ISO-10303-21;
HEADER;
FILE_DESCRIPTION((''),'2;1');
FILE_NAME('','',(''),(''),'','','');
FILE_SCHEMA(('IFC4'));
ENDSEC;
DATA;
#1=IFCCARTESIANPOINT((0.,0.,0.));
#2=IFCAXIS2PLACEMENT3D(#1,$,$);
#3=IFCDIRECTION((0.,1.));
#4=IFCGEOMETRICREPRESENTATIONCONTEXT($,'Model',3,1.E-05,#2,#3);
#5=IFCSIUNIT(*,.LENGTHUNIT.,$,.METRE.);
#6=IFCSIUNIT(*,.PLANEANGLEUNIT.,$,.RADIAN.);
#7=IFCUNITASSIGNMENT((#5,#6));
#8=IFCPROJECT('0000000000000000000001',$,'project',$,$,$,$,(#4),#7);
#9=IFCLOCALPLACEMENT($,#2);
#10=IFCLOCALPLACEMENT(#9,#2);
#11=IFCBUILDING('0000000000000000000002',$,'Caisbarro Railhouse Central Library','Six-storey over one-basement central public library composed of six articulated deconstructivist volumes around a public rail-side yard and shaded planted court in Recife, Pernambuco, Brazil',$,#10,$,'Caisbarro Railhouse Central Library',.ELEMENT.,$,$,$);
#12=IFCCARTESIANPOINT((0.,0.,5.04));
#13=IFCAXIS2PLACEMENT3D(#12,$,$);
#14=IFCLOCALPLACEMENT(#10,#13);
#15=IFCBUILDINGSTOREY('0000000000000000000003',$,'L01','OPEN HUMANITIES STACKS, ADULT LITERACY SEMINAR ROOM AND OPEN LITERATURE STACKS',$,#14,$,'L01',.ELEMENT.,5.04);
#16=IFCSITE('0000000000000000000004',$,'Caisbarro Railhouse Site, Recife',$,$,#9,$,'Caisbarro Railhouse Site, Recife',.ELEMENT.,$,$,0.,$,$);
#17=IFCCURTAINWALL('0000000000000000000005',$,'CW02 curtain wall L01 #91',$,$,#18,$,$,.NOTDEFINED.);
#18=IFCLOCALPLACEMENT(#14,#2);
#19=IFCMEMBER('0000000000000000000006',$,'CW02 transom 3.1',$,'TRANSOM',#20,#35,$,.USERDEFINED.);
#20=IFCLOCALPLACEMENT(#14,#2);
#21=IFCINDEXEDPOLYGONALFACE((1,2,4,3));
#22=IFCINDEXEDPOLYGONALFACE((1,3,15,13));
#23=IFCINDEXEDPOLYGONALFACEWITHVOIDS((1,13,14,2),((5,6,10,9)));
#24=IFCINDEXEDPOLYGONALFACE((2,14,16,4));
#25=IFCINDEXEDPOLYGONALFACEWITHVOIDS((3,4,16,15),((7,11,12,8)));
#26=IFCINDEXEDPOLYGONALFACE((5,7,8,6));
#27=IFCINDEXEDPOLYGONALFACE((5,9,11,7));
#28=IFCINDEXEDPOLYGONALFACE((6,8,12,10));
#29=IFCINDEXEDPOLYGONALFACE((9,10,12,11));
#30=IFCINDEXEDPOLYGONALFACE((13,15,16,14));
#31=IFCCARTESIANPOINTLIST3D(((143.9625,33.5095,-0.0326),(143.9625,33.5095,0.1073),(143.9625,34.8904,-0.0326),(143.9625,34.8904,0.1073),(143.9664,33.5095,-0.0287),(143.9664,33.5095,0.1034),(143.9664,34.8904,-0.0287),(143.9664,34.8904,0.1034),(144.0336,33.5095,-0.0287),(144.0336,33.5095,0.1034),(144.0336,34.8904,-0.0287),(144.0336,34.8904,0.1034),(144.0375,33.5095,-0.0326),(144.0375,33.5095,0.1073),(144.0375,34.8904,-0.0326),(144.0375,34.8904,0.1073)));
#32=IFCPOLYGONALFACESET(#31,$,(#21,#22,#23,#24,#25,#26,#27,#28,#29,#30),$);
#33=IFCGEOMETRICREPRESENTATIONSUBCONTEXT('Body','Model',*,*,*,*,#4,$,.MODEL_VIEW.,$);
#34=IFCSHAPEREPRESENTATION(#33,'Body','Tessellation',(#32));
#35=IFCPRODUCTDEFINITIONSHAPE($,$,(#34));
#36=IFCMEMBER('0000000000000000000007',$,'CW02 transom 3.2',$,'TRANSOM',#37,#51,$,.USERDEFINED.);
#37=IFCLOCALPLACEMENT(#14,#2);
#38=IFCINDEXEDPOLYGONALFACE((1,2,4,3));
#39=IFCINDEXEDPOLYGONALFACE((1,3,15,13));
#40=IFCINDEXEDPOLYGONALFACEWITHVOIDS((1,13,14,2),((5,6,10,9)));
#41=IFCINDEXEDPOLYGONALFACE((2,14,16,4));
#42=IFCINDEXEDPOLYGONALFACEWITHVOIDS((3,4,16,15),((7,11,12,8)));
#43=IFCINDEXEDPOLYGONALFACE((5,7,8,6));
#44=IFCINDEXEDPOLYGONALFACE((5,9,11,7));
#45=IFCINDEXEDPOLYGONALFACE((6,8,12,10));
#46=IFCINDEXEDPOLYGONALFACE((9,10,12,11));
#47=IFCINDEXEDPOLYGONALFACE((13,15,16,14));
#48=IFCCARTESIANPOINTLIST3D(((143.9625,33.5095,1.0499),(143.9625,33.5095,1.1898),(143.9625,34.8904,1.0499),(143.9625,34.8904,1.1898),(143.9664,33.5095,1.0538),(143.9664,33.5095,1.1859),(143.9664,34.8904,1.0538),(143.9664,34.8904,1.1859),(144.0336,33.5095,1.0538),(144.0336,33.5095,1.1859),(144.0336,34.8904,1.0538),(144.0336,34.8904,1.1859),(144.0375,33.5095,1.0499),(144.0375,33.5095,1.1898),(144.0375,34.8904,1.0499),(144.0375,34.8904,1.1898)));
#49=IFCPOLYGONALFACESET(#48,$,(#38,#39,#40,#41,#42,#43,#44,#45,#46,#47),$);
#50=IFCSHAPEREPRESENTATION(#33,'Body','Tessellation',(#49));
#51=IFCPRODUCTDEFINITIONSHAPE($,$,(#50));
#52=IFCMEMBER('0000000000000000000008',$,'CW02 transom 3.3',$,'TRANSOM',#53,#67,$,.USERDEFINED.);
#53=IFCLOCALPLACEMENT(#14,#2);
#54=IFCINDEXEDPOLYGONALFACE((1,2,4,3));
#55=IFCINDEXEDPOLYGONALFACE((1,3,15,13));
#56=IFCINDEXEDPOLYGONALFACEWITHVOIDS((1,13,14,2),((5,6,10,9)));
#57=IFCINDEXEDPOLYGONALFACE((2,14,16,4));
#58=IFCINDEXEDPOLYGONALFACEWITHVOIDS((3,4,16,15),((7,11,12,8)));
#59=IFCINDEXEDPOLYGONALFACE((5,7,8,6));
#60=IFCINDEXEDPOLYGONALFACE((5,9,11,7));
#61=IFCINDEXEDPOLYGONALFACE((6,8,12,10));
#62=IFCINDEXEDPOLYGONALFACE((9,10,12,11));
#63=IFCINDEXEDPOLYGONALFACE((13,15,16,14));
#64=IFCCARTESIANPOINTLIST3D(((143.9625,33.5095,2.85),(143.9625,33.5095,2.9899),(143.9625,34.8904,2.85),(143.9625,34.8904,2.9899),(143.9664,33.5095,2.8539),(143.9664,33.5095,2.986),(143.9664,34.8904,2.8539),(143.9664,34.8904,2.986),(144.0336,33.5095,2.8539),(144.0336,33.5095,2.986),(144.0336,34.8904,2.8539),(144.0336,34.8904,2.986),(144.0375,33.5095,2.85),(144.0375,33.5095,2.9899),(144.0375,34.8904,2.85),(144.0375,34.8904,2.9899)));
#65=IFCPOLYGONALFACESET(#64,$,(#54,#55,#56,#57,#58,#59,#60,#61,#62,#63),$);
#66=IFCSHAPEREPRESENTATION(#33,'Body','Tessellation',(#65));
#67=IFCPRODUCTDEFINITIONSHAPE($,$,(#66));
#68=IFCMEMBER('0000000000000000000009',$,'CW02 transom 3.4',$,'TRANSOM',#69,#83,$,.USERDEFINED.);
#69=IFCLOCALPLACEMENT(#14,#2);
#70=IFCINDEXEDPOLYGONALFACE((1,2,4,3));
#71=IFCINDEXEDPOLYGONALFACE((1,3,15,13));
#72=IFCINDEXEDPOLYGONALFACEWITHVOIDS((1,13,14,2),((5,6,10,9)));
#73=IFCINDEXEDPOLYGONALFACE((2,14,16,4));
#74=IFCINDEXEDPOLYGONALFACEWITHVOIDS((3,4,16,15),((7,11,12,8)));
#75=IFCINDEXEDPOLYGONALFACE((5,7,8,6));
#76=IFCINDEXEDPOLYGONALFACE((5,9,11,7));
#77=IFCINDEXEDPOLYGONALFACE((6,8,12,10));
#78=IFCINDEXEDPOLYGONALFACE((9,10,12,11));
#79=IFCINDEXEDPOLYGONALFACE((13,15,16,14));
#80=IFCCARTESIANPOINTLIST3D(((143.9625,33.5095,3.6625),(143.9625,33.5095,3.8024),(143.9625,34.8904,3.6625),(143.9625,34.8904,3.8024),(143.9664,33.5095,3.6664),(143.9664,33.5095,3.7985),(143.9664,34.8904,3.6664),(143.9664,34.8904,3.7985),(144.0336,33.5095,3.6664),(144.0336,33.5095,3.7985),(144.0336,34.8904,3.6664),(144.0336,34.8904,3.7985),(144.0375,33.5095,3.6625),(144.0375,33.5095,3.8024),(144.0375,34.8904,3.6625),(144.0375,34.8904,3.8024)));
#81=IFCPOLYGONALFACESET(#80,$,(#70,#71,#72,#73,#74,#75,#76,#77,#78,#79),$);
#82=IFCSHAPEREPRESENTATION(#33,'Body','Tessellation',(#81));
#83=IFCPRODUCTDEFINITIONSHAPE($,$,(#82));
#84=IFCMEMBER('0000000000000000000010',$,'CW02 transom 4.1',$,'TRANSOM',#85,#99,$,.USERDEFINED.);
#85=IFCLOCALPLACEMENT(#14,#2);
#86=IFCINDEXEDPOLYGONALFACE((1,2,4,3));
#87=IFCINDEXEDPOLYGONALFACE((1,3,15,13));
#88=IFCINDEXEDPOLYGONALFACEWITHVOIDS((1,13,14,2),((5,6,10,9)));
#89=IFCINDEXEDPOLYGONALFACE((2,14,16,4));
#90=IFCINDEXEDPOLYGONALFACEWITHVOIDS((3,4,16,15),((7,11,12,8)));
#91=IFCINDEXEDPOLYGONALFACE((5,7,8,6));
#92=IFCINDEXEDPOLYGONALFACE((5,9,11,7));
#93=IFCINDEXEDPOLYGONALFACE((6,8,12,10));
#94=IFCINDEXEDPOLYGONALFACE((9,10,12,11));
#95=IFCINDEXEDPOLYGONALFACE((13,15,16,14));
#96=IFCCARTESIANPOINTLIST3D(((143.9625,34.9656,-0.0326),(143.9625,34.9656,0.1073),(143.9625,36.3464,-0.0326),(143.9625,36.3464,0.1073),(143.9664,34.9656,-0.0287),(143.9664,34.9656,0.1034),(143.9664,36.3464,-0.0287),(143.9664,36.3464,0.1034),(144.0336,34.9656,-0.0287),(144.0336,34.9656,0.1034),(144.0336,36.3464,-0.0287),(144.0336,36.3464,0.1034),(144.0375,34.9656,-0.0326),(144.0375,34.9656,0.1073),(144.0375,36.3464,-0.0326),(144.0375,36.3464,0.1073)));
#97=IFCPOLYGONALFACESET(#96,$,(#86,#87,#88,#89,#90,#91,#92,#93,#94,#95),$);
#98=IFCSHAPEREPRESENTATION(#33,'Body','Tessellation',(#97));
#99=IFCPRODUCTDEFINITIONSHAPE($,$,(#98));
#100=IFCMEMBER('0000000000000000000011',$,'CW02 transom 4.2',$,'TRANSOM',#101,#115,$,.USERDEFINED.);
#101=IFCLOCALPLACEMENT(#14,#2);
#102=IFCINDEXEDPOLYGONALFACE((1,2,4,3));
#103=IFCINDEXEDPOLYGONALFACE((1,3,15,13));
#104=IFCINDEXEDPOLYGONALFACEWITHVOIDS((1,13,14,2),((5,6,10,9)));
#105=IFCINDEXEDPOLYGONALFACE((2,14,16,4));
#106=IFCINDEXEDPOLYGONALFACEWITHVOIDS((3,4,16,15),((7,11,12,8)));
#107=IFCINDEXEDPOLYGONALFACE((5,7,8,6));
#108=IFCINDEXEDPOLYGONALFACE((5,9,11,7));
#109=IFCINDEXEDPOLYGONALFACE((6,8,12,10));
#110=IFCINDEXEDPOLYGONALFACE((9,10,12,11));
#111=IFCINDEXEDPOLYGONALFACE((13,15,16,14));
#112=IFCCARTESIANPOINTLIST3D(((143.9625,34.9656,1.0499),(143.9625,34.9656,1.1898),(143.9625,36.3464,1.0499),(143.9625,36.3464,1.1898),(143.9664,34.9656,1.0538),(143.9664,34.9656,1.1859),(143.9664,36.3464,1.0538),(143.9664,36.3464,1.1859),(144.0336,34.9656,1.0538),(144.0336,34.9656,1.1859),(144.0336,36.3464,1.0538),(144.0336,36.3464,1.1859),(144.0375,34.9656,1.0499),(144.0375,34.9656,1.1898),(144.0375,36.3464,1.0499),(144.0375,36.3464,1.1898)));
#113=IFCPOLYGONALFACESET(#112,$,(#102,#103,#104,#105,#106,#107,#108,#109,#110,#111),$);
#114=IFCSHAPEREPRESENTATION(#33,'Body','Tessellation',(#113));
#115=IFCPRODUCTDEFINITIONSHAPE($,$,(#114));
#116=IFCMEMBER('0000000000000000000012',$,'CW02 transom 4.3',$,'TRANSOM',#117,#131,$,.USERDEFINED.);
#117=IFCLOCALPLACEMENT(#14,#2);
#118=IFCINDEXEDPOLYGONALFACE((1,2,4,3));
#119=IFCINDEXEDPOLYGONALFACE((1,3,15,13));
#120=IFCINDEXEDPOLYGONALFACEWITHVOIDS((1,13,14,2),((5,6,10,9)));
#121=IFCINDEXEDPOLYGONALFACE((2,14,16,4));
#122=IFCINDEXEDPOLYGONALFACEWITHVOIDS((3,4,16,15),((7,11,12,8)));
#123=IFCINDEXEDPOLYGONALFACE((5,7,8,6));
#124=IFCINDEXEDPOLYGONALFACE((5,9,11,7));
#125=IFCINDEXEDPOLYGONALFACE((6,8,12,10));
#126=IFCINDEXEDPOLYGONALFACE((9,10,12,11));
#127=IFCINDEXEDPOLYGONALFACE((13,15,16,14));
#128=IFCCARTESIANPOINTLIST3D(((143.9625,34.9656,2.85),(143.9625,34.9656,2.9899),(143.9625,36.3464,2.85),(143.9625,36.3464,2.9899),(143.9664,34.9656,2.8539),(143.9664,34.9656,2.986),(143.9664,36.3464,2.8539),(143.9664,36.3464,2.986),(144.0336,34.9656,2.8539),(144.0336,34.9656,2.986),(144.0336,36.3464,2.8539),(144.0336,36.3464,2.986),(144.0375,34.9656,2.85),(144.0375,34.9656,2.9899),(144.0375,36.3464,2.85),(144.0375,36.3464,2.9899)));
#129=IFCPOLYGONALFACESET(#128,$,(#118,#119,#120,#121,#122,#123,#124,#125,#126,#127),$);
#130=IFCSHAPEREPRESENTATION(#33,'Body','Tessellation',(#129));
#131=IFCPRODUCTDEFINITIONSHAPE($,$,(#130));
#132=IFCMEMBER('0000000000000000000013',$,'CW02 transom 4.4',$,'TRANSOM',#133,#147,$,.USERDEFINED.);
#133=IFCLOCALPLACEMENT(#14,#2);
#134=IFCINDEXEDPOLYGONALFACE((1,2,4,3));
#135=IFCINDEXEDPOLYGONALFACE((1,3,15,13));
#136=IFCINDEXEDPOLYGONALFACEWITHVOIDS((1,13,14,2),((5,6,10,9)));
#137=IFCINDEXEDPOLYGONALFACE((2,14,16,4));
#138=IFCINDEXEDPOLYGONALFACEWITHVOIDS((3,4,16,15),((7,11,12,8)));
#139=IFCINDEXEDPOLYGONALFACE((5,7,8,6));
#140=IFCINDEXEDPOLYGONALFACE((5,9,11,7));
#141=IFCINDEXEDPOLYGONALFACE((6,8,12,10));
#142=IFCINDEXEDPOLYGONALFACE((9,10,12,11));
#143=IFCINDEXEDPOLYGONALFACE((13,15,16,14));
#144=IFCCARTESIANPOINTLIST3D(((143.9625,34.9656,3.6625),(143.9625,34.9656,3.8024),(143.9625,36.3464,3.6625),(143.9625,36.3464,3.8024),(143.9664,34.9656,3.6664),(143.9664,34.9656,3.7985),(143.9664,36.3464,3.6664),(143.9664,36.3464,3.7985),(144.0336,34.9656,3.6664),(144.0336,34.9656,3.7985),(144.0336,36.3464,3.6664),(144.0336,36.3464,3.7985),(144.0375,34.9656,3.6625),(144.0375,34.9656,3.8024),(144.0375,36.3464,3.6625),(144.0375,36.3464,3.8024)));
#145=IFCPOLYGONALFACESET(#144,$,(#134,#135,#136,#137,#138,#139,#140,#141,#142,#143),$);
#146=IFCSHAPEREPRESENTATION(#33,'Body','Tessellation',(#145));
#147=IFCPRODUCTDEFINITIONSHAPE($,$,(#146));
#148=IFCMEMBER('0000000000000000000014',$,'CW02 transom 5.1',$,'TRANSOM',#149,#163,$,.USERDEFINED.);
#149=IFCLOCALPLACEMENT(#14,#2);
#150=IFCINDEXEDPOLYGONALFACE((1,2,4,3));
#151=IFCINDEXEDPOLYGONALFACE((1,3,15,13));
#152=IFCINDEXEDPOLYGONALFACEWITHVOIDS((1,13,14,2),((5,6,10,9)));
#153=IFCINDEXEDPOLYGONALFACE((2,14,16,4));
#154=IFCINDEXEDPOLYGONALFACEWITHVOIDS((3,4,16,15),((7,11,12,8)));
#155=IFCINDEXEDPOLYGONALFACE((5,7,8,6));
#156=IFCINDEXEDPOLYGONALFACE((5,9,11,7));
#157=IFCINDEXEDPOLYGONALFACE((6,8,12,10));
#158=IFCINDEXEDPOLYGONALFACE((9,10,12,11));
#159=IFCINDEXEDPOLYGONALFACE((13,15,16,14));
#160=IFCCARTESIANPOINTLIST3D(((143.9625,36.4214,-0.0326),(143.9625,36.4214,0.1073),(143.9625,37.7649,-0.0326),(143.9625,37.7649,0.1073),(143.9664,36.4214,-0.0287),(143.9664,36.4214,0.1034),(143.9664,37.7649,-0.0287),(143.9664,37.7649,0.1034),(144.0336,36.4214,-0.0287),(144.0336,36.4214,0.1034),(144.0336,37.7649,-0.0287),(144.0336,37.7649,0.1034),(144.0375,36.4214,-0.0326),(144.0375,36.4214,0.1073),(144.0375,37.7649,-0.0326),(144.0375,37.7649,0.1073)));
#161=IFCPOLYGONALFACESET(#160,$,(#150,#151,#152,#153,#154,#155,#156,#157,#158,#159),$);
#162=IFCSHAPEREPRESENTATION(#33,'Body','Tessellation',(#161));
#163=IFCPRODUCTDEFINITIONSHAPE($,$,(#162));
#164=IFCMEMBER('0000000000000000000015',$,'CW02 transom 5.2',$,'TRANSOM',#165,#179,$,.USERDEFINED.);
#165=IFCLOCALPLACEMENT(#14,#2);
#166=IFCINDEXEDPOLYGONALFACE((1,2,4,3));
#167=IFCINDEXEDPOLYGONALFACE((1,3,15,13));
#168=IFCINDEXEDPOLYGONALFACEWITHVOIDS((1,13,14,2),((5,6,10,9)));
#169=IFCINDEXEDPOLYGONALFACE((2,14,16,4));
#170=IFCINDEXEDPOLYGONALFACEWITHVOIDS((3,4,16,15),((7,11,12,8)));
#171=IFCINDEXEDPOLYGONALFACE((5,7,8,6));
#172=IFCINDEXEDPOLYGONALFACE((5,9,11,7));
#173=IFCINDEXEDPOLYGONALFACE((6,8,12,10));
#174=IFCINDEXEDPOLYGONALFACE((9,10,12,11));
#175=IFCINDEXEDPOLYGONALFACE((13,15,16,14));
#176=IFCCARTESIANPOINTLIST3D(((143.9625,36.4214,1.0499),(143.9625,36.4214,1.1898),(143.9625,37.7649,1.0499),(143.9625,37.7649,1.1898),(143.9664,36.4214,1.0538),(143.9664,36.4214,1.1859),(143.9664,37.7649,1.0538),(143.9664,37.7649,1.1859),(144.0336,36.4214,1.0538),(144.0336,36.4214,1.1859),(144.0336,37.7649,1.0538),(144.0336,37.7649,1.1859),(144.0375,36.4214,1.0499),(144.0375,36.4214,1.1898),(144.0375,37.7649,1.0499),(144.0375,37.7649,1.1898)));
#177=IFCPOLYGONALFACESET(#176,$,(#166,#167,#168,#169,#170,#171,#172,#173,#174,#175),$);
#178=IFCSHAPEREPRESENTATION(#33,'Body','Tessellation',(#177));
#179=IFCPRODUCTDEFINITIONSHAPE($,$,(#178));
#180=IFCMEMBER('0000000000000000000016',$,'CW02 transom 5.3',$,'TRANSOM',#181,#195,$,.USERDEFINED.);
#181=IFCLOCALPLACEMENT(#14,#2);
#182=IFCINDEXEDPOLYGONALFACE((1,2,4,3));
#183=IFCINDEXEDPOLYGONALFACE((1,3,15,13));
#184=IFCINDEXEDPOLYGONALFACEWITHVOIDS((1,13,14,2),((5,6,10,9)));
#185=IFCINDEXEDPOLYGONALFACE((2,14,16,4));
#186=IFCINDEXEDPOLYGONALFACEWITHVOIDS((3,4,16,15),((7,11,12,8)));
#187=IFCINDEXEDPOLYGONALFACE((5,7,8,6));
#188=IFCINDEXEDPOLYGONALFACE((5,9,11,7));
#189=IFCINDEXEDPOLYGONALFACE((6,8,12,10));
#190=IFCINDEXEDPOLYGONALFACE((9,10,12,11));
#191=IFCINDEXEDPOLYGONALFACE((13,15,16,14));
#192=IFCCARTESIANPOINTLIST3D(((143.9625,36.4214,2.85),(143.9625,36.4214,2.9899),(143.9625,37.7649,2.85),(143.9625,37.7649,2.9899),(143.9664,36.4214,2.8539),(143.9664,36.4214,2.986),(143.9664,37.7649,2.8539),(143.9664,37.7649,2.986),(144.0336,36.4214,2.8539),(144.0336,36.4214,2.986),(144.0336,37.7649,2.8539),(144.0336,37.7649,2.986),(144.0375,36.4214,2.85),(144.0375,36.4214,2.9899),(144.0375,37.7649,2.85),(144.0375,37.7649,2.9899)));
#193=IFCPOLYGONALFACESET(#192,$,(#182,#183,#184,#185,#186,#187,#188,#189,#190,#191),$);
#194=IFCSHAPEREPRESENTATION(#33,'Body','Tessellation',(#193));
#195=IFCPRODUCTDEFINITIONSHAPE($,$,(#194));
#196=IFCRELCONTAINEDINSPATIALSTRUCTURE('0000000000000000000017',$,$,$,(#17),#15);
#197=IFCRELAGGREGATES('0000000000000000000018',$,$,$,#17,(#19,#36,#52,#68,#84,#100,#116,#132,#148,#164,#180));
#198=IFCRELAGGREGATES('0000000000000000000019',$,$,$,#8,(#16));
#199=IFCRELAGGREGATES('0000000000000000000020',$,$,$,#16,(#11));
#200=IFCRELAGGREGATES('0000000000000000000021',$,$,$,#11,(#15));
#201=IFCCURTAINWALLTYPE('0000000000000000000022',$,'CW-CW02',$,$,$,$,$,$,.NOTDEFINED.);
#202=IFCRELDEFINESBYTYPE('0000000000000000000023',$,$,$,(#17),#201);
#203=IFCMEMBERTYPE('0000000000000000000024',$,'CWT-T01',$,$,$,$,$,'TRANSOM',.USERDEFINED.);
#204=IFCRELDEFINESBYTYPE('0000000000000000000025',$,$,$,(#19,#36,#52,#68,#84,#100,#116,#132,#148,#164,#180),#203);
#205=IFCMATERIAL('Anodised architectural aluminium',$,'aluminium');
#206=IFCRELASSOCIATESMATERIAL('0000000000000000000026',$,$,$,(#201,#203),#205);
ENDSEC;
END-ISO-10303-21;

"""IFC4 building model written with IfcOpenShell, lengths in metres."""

from ifc_helpers import new_model, si_unit, direction, frame, origin, origin_2d, place, context, subcontext, project, spatial, hollow_rectangle, extrude, material, material_profile, profile_set, type_object, element, aggregate, save


model = new_model("IFC4")

# Units and contexts
model_context = context("Model", 3, precision=1e-05, world=origin(), true_north=direction((0.0, 1.0)))
body_context = subcontext(model_context, "Body", "Model", "MODEL_VIEW")
ifc_project = project(units=[si_unit("LENGTHUNIT", "METRE"), si_unit("PLANEANGLEUNIT", "RADIAN")], contexts=[model_context])

# Site, building, storey
site_placement = place(None, origin())
site = spatial("IfcSite", under=ifc_project, at=site_placement, Name="Caisbarro Railhouse Site, Recife", LongName="Caisbarro Railhouse Site, Recife", CompositionType="ELEMENT", RefElevation=0.0)
building_placement = place(site_placement, origin())
building = spatial("IfcBuilding", under=site, at=building_placement, Name="Caisbarro Railhouse Central Library", Description="Six-storey over one-basement central public library composed of six articulated deconstructivist volumes around a public rail-side yard and shaded planted court in Recife, Pernambuco, Brazil", LongName="Caisbarro Railhouse Central Library", CompositionType="ELEMENT")
storey_placement = place(building_placement, frame((0.0, 0.0, 5.04)))
storey = spatial("IfcBuildingStorey", under=building, at=storey_placement, Name="L01", Description="OPEN HUMANITIES STACKS, ADULT LITERACY SEMINAR ROOM AND OPEN LITERATURE STACKS", LongName="L01", CompositionType="ELEMENT", Elevation=5.04)

# Curtain wall, members
ifc_material_1 = material(Name="Anodised architectural aluminium", Category="aluminium")
curtain_wall_type = type_object("IfcCurtainWallType", Name="CW-CW02", PredefinedType="NOTDEFINED", material=ifc_material_1)
curtain_wall_placement = place(storey_placement, origin())
curtain_wall = element("IfcCurtainWall", 1, at=curtain_wall_placement, inside=storey, type_object=curtain_wall_type, Name="CW02 curtain wall L01 #91", PredefinedType="NOTDEFINED")
ifc_material_profile_1 = material_profile(ifc_material_1, hollow_rectangle(XDim=0.075, YDim=0.1399, WallThickness=0.0039, at=origin_2d()), Name="ALU-TRN-75X140")
ifc_profile_set_1 = profile_set([ifc_material_profile_1], Name="Anodised architectural aluminium")
member_type_1 = type_object("IfcMemberType", Name="CWT-T01", ElementType="TRANSOM", PredefinedType="USERDEFINED", material=ifc_profile_set_1)
member_1_placement = place(storey_placement, frame((144.0, 33.5095, 0.0374), z_axis=(0.0, 1.0, 0.0), x_axis=(-1.0, 0.0, 0.0)))
member_1 = element("IfcMember", 2, at=member_1_placement, type_object=member_type_1, Name="CW02 transom 3.1", ObjectType="TRANSOM", PredefinedType="USERDEFINED", context=body_context, shape_type="SweptSolid", body=[
    extrude(hollow_rectangle(XDim=0.075, YDim=0.1399, WallThickness=0.0039, at=origin_2d()), origin(), (0.0, 0.0, 1.0), 1.3809),
])
member_2_placement = place(storey_placement, frame((144.0, 33.5095, 1.1199), z_axis=(0.0, 1.0, 0.0), x_axis=(-1.0, 0.0, 0.0)))
member_2 = element("IfcMember", 3, at=member_2_placement, type_object=member_type_1, Name="CW02 transom 3.2", ObjectType="TRANSOM", PredefinedType="USERDEFINED", context=body_context, shape_type="SweptSolid", body=[
    extrude(hollow_rectangle(XDim=0.075, YDim=0.1399, WallThickness=0.0039, at=origin_2d()), origin(), (0.0, 0.0, 1.0), 1.3809),
])
member_3_placement = place(storey_placement, frame((144.0, 33.5095, 2.9199), z_axis=(0.0, 1.0, 0.0), x_axis=(-1.0, 0.0, 0.0)))
member_3 = element("IfcMember", 4, at=member_3_placement, type_object=member_type_1, Name="CW02 transom 3.3", ObjectType="TRANSOM", PredefinedType="USERDEFINED", context=body_context, shape_type="SweptSolid", body=[
    extrude(hollow_rectangle(XDim=0.075, YDim=0.1399, WallThickness=0.0039, at=origin_2d()), origin(), (0.0, 0.0, 1.0), 1.3809),
])
member_4_placement = place(storey_placement, frame((144.0, 33.5095, 3.7324), z_axis=(0.0, 1.0, 0.0), x_axis=(-1.0, 0.0, 0.0)))
member_4 = element("IfcMember", 5, at=member_4_placement, type_object=member_type_1, Name="CW02 transom 3.4", ObjectType="TRANSOM", PredefinedType="USERDEFINED", context=body_context, shape_type="SweptSolid", body=[
    extrude(hollow_rectangle(XDim=0.075, YDim=0.1399, WallThickness=0.0039, at=origin_2d()), origin(), (0.0, 0.0, 1.0), 1.3809),
])
member_5_placement = place(storey_placement, frame((144.0, 34.9656, 0.0374), z_axis=(0.0, 1.0, 0.0), x_axis=(-1.0, 0.0, 0.0)))
member_5 = element("IfcMember", 6, at=member_5_placement, type_object=member_type_1, Name="CW02 transom 4.1", ObjectType="TRANSOM", PredefinedType="USERDEFINED", context=body_context, shape_type="SweptSolid", body=[
    extrude(hollow_rectangle(XDim=0.075, YDim=0.1399, WallThickness=0.0039, at=origin_2d()), origin(), (0.0, 0.0, 1.0), 1.3809),
])
member_6_placement = place(storey_placement, frame((144.0, 34.9656, 1.1199), z_axis=(0.0, 1.0, 0.0), x_axis=(-1.0, 0.0, 0.0)))
member_6 = element("IfcMember", 7, at=member_6_placement, type_object=member_type_1, Name="CW02 transom 4.2", ObjectType="TRANSOM", PredefinedType="USERDEFINED", context=body_context, shape_type="SweptSolid", body=[
    extrude(hollow_rectangle(XDim=0.075, YDim=0.1399, WallThickness=0.0039, at=origin_2d()), origin(), (0.0, 0.0, 1.0), 1.3809),
])
member_7_placement = place(storey_placement, frame((144.0, 34.9656, 2.9199), z_axis=(0.0, 1.0, 0.0), x_axis=(-1.0, 0.0, 0.0)))
member_7 = element("IfcMember", 8, at=member_7_placement, type_object=member_type_1, Name="CW02 transom 4.3", ObjectType="TRANSOM", PredefinedType="USERDEFINED", context=body_context, shape_type="SweptSolid", body=[
    extrude(hollow_rectangle(XDim=0.075, YDim=0.1399, WallThickness=0.0039, at=origin_2d()), origin(), (0.0, 0.0, 1.0), 1.3809),
])
member_8_placement = place(storey_placement, frame((144.0, 34.9656, 3.7324), z_axis=(0.0, 1.0, 0.0), x_axis=(-1.0, 0.0, 0.0)))
member_8 = element("IfcMember", 9, at=member_8_placement, type_object=member_type_1, Name="CW02 transom 4.4", ObjectType="TRANSOM", PredefinedType="USERDEFINED", context=body_context, shape_type="SweptSolid", body=[
    extrude(hollow_rectangle(XDim=0.075, YDim=0.1399, WallThickness=0.0039, at=origin_2d()), origin(), (0.0, 0.0, 1.0), 1.3809),
])
member_9_placement = place(storey_placement, frame((144.0, 36.4214, 0.0374), z_axis=(0.0, 1.0, 0.0), x_axis=(-1.0, 0.0, 0.0)))
member_9 = element("IfcMember", 10, at=member_9_placement, type_object=member_type_1, Name="CW02 transom 5.1", ObjectType="TRANSOM", PredefinedType="USERDEFINED", context=body_context, shape_type="SweptSolid", body=[
    extrude(hollow_rectangle(XDim=0.075, YDim=0.1399, WallThickness=0.0039, at=origin_2d()), origin(), (0.0, 0.0, 1.0), 1.3435),
])
member_10_placement = place(storey_placement, frame((144.0, 36.4214, 1.1199), z_axis=(0.0, 1.0, 0.0), x_axis=(-1.0, 0.0, 0.0)))
member_10 = element("IfcMember", 11, at=member_10_placement, type_object=member_type_1, Name="CW02 transom 5.2", ObjectType="TRANSOM", PredefinedType="USERDEFINED", context=body_context, shape_type="SweptSolid", body=[
    extrude(hollow_rectangle(XDim=0.075, YDim=0.1399, WallThickness=0.0039, at=origin_2d()), origin(), (0.0, 0.0, 1.0), 1.3435),
])
member_11_placement = place(storey_placement, frame((144.0, 36.4214, 2.9199), z_axis=(0.0, 1.0, 0.0), x_axis=(-1.0, 0.0, 0.0)))
member_11 = element("IfcMember", 12, at=member_11_placement, type_object=member_type_1, Name="CW02 transom 5.3", ObjectType="TRANSOM", PredefinedType="USERDEFINED", context=body_context, shape_type="SweptSolid", body=[
    extrude(hollow_rectangle(XDim=0.075, YDim=0.1399, WallThickness=0.0039, at=origin_2d()), origin(), (0.0, 0.0, 1.0), 1.3435),
])
aggregate(curtain_wall, [member_1, member_2, member_3, member_4, member_5, member_6, member_7, member_8, member_9, member_10, member_11])

save(model, "model.ifc")
